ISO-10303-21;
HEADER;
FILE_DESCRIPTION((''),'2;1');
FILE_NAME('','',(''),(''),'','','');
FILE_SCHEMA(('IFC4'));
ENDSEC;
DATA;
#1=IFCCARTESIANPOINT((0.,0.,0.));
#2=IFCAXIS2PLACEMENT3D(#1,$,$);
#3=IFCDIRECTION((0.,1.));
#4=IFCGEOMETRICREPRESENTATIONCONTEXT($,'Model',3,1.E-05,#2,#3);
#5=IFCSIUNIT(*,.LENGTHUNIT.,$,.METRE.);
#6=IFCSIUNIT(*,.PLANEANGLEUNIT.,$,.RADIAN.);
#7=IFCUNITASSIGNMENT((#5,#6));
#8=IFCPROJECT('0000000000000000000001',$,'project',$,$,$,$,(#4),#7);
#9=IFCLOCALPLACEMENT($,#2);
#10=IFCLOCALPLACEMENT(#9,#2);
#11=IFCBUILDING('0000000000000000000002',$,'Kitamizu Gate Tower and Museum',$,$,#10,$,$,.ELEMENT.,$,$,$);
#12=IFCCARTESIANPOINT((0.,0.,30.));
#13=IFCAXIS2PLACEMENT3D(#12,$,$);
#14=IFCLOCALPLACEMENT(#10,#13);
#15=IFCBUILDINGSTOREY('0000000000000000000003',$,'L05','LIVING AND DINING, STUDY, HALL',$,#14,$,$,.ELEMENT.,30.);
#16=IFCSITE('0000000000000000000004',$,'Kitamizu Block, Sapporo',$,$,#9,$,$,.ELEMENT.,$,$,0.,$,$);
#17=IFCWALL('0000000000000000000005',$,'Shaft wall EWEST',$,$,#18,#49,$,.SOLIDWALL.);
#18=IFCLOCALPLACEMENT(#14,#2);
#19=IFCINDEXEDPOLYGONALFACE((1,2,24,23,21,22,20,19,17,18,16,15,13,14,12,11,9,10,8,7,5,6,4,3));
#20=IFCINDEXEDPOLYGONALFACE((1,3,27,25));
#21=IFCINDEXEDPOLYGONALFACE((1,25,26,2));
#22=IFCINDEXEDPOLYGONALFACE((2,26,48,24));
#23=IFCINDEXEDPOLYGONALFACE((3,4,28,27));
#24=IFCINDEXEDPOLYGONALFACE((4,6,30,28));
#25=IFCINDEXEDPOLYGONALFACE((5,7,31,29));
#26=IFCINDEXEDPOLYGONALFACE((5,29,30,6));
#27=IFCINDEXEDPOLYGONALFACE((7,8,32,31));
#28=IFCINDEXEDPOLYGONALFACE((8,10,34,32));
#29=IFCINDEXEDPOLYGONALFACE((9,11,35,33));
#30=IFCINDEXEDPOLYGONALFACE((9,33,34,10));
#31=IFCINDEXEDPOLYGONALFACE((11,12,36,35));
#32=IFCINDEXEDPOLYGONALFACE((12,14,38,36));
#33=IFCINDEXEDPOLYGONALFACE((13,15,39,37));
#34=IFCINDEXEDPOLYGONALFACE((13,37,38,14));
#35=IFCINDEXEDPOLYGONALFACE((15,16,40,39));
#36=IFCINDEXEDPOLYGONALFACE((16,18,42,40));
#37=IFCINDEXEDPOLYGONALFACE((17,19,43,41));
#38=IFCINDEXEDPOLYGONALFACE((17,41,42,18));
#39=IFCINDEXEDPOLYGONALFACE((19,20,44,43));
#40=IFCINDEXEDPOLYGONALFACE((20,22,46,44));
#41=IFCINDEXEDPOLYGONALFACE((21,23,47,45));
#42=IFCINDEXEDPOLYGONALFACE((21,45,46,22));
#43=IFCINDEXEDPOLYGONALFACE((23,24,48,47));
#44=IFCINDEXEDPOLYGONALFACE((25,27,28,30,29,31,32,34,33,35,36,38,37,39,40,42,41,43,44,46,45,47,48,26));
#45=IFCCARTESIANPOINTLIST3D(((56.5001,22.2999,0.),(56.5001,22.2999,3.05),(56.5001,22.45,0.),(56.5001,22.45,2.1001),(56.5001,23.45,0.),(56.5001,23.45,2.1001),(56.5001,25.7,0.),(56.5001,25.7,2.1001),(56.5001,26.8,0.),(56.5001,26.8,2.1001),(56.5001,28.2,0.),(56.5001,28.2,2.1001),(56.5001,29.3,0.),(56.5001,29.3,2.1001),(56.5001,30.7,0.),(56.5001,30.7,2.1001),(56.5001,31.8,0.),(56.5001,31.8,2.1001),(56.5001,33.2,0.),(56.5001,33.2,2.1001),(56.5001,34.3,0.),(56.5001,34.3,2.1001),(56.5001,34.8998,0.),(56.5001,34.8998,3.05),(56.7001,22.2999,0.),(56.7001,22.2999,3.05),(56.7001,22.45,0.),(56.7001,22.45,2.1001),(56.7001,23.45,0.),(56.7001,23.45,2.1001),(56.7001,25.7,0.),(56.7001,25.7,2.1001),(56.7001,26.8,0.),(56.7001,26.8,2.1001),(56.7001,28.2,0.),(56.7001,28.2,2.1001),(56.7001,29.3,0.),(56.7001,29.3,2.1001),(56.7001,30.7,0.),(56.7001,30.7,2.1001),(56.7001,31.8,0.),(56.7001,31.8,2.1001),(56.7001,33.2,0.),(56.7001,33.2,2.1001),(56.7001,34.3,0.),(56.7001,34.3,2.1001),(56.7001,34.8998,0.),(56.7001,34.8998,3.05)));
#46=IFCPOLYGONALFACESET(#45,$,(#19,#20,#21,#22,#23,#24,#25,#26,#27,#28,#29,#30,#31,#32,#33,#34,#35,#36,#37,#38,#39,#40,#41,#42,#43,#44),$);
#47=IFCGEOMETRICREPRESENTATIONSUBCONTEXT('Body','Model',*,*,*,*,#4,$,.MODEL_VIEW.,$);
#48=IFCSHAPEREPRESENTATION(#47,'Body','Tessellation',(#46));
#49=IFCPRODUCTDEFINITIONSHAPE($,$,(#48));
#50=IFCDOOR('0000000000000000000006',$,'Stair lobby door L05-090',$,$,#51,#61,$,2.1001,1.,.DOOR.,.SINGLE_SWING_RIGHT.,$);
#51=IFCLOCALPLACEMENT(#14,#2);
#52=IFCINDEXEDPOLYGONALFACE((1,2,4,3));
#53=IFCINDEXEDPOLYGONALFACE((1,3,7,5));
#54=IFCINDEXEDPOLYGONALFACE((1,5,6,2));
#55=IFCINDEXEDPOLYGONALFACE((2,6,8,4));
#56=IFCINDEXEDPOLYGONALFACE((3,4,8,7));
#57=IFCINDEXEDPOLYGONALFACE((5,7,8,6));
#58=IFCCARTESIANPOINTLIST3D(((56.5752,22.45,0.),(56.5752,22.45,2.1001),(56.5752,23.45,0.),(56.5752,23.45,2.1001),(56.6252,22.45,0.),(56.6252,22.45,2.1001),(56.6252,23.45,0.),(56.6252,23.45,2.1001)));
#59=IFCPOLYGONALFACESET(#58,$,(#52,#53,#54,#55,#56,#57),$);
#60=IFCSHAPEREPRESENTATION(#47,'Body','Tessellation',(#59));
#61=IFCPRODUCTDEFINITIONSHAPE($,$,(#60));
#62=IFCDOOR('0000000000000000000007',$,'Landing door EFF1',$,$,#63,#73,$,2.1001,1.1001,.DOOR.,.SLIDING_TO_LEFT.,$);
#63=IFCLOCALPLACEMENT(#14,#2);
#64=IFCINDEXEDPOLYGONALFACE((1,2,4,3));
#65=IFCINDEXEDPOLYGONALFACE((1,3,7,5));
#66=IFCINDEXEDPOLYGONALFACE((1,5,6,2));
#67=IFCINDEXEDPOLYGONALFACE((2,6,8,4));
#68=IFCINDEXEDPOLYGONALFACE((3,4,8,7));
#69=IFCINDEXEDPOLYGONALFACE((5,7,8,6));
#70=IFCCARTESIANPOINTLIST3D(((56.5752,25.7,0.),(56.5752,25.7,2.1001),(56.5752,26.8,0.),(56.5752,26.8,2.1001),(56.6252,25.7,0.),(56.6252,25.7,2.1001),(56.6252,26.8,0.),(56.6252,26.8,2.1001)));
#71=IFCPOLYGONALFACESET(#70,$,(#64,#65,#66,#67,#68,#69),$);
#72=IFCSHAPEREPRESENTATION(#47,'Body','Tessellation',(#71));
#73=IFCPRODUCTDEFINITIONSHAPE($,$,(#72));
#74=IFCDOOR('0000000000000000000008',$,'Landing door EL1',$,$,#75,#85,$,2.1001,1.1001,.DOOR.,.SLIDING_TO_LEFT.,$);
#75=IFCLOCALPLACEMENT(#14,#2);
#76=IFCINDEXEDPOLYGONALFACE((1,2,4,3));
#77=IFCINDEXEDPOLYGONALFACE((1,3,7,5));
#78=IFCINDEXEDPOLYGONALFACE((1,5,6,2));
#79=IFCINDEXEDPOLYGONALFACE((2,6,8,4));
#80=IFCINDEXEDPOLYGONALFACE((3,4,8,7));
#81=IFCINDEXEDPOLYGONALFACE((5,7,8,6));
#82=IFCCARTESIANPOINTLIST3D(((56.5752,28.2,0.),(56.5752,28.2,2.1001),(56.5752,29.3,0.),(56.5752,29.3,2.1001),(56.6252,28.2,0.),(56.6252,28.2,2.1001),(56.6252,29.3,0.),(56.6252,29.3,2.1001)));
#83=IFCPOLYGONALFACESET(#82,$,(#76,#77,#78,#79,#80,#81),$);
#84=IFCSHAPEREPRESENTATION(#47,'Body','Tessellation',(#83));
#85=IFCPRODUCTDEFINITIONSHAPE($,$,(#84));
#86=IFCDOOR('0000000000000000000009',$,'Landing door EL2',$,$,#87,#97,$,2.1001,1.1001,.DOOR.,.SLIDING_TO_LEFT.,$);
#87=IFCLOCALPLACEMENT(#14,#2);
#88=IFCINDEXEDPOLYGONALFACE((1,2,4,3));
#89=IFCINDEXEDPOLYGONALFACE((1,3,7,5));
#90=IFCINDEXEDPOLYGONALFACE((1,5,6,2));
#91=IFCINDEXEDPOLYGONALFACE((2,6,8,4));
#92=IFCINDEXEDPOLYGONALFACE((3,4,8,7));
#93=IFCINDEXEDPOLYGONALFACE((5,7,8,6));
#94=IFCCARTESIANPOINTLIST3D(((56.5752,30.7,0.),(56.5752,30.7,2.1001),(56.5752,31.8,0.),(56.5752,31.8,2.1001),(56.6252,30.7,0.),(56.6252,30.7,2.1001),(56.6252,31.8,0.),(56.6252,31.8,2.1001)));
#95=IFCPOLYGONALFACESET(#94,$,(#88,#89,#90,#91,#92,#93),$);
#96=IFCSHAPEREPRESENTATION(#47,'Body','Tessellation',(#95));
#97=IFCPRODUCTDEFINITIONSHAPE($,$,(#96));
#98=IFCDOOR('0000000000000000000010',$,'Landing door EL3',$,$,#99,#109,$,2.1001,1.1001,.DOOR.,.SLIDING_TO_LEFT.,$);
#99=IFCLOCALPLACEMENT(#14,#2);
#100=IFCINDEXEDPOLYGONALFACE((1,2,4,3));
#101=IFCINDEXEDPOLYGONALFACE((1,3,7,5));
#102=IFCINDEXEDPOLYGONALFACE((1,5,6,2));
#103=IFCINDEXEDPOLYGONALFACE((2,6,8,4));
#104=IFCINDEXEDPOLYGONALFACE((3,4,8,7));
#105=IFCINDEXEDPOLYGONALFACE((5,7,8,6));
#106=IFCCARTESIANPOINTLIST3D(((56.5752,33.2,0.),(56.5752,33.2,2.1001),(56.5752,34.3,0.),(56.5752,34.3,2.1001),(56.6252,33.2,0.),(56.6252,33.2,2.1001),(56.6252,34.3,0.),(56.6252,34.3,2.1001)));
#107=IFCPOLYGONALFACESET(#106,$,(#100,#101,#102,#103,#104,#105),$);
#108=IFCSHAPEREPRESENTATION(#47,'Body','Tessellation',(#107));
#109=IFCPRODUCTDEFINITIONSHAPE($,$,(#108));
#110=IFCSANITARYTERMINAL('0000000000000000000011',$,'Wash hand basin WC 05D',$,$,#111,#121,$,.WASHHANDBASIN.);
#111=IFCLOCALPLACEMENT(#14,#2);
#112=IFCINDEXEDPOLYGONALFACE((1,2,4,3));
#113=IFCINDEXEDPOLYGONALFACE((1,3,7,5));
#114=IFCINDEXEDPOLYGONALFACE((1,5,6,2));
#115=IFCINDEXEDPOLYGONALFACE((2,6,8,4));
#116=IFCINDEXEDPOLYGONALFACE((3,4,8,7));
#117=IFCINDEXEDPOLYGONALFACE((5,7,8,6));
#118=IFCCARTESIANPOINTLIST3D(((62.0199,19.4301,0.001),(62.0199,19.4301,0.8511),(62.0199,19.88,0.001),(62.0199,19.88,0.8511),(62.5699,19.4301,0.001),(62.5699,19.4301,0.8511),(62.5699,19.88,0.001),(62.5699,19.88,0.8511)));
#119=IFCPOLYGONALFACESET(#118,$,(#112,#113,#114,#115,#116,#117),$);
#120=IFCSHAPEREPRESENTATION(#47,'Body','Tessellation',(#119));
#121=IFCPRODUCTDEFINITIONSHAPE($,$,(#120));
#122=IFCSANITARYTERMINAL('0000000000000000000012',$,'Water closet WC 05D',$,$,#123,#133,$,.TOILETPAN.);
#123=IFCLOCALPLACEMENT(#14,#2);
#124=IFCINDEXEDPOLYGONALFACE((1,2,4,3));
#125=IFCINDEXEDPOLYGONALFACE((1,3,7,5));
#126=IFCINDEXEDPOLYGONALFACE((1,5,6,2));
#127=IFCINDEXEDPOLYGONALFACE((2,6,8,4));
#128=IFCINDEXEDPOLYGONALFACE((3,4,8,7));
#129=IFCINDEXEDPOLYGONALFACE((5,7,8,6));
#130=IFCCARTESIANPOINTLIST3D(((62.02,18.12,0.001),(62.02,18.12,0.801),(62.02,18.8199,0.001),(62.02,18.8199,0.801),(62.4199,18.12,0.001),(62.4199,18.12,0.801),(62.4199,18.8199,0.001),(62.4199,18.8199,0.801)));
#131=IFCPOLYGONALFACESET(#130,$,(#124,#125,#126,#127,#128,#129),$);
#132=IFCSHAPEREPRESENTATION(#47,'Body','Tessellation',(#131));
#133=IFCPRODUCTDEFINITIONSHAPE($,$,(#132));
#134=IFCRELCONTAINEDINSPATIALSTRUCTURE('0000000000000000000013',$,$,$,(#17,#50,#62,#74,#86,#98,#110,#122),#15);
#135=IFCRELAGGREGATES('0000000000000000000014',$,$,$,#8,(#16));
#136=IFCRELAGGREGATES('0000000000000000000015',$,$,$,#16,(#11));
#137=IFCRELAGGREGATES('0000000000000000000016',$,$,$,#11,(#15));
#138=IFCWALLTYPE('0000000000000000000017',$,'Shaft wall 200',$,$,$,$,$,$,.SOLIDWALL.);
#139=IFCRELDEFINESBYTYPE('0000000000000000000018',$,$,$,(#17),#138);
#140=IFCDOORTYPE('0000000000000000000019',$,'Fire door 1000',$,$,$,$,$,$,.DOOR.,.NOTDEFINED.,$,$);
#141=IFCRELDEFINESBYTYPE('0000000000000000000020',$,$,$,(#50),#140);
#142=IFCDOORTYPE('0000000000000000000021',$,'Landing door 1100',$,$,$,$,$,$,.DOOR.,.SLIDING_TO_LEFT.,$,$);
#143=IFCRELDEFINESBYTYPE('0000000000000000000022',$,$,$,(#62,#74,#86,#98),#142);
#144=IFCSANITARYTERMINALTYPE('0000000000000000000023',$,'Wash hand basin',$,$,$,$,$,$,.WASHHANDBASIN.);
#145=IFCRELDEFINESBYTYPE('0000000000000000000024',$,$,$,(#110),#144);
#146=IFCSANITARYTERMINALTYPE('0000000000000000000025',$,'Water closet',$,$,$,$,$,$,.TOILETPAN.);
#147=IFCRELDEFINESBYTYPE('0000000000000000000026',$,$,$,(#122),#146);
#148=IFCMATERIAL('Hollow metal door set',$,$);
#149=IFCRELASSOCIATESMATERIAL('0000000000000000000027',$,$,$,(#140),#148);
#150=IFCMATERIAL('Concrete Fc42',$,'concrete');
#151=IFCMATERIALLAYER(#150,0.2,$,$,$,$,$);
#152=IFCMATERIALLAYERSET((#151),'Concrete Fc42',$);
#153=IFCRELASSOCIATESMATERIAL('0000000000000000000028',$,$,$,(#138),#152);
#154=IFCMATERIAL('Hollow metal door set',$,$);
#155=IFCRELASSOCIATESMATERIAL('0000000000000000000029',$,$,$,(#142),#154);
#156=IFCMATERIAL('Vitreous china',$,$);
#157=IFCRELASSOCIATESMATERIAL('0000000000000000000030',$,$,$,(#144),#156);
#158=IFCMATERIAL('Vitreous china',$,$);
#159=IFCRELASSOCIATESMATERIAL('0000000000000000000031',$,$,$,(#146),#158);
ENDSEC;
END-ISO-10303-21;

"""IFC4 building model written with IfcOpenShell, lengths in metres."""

from ifc_helpers import new_model, si_unit, direction, frame, frame_2d, origin, origin_2d, place, context, subcontext, project, spatial, rectangle, extrude, material, layer, layer_set, type_object, element, fill, save


model = new_model("IFC4")

# Units and contexts
model_context = context("Model", 3, precision=1e-05, world=origin(), true_north=direction((0.0, 1.0)))
body_context = subcontext(model_context, "Body", "Model", "MODEL_VIEW")
ifc_project = project(units=[si_unit("LENGTHUNIT", "METRE"), si_unit("PLANEANGLEUNIT", "RADIAN")], contexts=[model_context])

# Site, building, storey
site_placement = place(None, origin())
site = spatial("IfcSite", under=ifc_project, at=site_placement, Name="Kitamizu Block, Sapporo", CompositionType="ELEMENT", RefElevation=0.0)
building_placement = place(site_placement, origin())
building = spatial("IfcBuilding", under=site, at=building_placement, Name="Kitamizu Gate Tower and Museum", CompositionType="ELEMENT")
storey_placement = place(building_placement, frame((0.0, 0.0, 30.0)))
storey = spatial("IfcBuildingStorey", under=building, at=storey_placement, Name="L05", Description="LIVING AND DINING, STUDY, HALL", CompositionType="ELEMENT", Elevation=30.0)

# Shared definitions
ifc_material_1 = material(Name="Hollow metal door set")
door_type_1 = type_object("IfcDoorType", Name="Fire door 1000", OperationType="NOTDEFINED", PredefinedType="DOOR", material=ifc_material_1)

# Wall, openings, doors
ifc_material_2 = material(Name="Concrete Fc42", Category="concrete")
ifc_layer_1 = layer(ifc_material_2, 0.2)
ifc_layer_set_1 = layer_set([ifc_layer_1], Name="Concrete Fc42")
wall_type_1 = type_object("IfcWallType", Name="Shaft wall 200", PredefinedType="SOLIDWALL", material=ifc_layer_set_1)
wall_1_placement = place(storey_placement, frame((56.6001, 22.3, 0.0), z_axis=(0.0, 0.0, 1.0), x_axis=(0.0, 1.0, 0.0)))
wall_1 = element("IfcWall", 1, at=wall_1_placement, inside=storey, type_object=wall_type_1, Name="Shaft wall EWEST", PredefinedType="SOLIDWALL", context=body_context, shape_type="SweptSolid", body=[
    extrude(rectangle(XDim=12.5999, YDim=0.2, at=frame_2d((6.2998, 0.0))), origin(), (0.0, 0.0, 1.0), 3.05),
])
opening_1_placement = place(wall_1_placement, frame((3.3999, 0.0, 0.0)))
opening_1 = element("IfcOpeningElement", 2, at=opening_1_placement, cuts=wall_1, PredefinedType="OPENING", context=body_context, shape_type="SweptSolid", body=[
    extrude(rectangle(XDim=1.1001, YDim=2.1001, at=frame_2d((0.55, 1.05))), frame((0.0, 0.1099, 0.0), z_axis=(0.0, -1.0, 0.0), x_axis=(1.0, 0.0, 0.0)), (0.0, 0.0, 1.0), 0.22),
])
opening_2_placement = place(wall_1_placement, frame((5.8999, 0.0, 0.0)))
opening_2 = element("IfcOpeningElement", 3, at=opening_2_placement, cuts=wall_1, PredefinedType="OPENING", context=body_context, shape_type="SweptSolid", body=[
    extrude(rectangle(XDim=1.1001, YDim=2.1001, at=frame_2d((0.55, 1.05))), frame((0.0, 0.1099, 0.0), z_axis=(0.0, -1.0, 0.0), x_axis=(1.0, 0.0, 0.0)), (0.0, 0.0, 1.0), 0.22),
])
opening_3_placement = place(wall_1_placement, frame((8.3999, 0.0, 0.0)))
opening_3 = element("IfcOpeningElement", 4, at=opening_3_placement, cuts=wall_1, PredefinedType="OPENING", context=body_context, shape_type="SweptSolid", body=[
    extrude(rectangle(XDim=1.1001, YDim=2.1001, at=frame_2d((0.55, 1.05))), frame((0.0, 0.1099, 0.0), z_axis=(0.0, -1.0, 0.0), x_axis=(1.0, 0.0, 0.0)), (0.0, 0.0, 1.0), 0.22),
])
opening_4_placement = place(wall_1_placement, frame((10.8999, 0.0, 0.0)))
opening_4 = element("IfcOpeningElement", 5, at=opening_4_placement, cuts=wall_1, PredefinedType="OPENING", context=body_context, shape_type="SweptSolid", body=[
    extrude(rectangle(XDim=1.1001, YDim=2.1001, at=frame_2d((0.55, 1.05))), frame((0.0, 0.1099, 0.0), z_axis=(0.0, -1.0, 0.0), x_axis=(1.0, 0.0, 0.0)), (0.0, 0.0, 1.0), 0.22),
])
opening_5_placement = place(wall_1_placement, frame((0.1499, 0.0, 0.0)))
opening_5 = element("IfcOpeningElement", 6, at=opening_5_placement, cuts=wall_1, PredefinedType="OPENING", context=body_context, shape_type="SweptSolid", body=[
    extrude(rectangle(XDim=1.0, YDim=2.1001, at=frame_2d((0.5, 1.05))), frame((0.0, 0.1099, 0.0), z_axis=(0.0, -1.0, 0.0), x_axis=(1.0, 0.0, 0.0)), (0.0, 0.0, 1.0), 0.22),
])
door_1_placement = place(opening_5_placement, origin())
door_1 = element("IfcDoor", 7, at=door_1_placement, inside=storey, type_object=door_type_1, Name="Stair lobby door L05-090", OperationType="SINGLE_SWING_RIGHT", OverallHeight=2.1001, OverallWidth=1.0, PredefinedType="DOOR", context=body_context, shape_type="SweptSolid", body=[
    extrude(rectangle(XDim=1.0, YDim=2.1001, at=frame_2d((0.5, 1.05))), frame((0.0, 0.0249, 0.0), z_axis=(0.0, -1.0, 0.0), x_axis=(1.0, 0.0, 0.0)), (0.0, 0.0, 1.0), 0.05),
])
fill(opening_5, door_1)
ifc_material_3 = material(Name="Hollow metal door set")
door_type_2 = type_object("IfcDoorType", Name="Landing door 1100", OperationType="SLIDING_TO_LEFT", PredefinedType="DOOR", material=ifc_material_3)
door_2_placement = place(opening_1_placement, origin())
door_2 = element("IfcDoor", 8, at=door_2_placement, inside=storey, type_object=door_type_2, Name="Landing door EFF1", OperationType="SLIDING_TO_LEFT", OverallHeight=2.1001, OverallWidth=1.1001, PredefinedType="DOOR", context=body_context, shape_type="SweptSolid", body=[
    extrude(rectangle(XDim=1.1001, YDim=2.1001, at=frame_2d((0.55, 1.05))), frame((0.0, 0.0249, 0.0), z_axis=(0.0, -1.0, 0.0), x_axis=(1.0, 0.0, 0.0)), (0.0, 0.0, 1.0), 0.05),
])
fill(opening_1, door_2)
door_3_placement = place(opening_2_placement, origin())
door_3 = element("IfcDoor", 9, at=door_3_placement, inside=storey, type_object=door_type_2, Name="Landing door EL1", OperationType="SLIDING_TO_LEFT", OverallHeight=2.1001, OverallWidth=1.1001, PredefinedType="DOOR", context=body_context, shape_type="SweptSolid", body=[
    extrude(rectangle(XDim=1.1001, YDim=2.1001, at=frame_2d((0.55, 1.05))), frame((0.0, 0.0249, 0.0), z_axis=(0.0, -1.0, 0.0), x_axis=(1.0, 0.0, 0.0)), (0.0, 0.0, 1.0), 0.05),
])
fill(opening_2, door_3)
door_4_placement = place(opening_3_placement, origin())
door_4 = element("IfcDoor", 10, at=door_4_placement, inside=storey, type_object=door_type_2, Name="Landing door EL2", OperationType="SLIDING_TO_LEFT", OverallHeight=2.1001, OverallWidth=1.1001, PredefinedType="DOOR", context=body_context, shape_type="SweptSolid", body=[
    extrude(rectangle(XDim=1.1001, YDim=2.1001, at=frame_2d((0.55, 1.05))), frame((0.0, 0.0249, 0.0), z_axis=(0.0, -1.0, 0.0), x_axis=(1.0, 0.0, 0.0)), (0.0, 0.0, 1.0), 0.05),
])
fill(opening_3, door_4)
door_5_placement = place(opening_4_placement, origin())
door_5 = element("IfcDoor", 11, at=door_5_placement, inside=storey, type_object=door_type_2, Name="Landing door EL3", OperationType="SLIDING_TO_LEFT", OverallHeight=2.1001, OverallWidth=1.1001, PredefinedType="DOOR", context=body_context, shape_type="SweptSolid", body=[
    extrude(rectangle(XDim=1.1001, YDim=2.1001, at=frame_2d((0.55, 1.05))), frame((0.0, 0.0249, 0.0), z_axis=(0.0, -1.0, 0.0), x_axis=(1.0, 0.0, 0.0)), (0.0, 0.0, 1.0), 0.05),
])
fill(opening_4, door_5)

# Sanitary terminals
ifc_material_4 = material(Name="Vitreous china")
sanitary_terminal_type_1 = type_object("IfcSanitaryTerminalType", Name="Wash hand basin", PredefinedType="WASHHANDBASIN", material=ifc_material_4)
sanitary_terminal_1_placement = place(storey_placement, frame((62.2949, 19.655, 0.001), z_axis=(0.0, 0.0, 1.0), x_axis=(1.0, 0.0, 0.0)))
element("IfcSanitaryTerminal", 12, at=sanitary_terminal_1_placement, inside=storey, type_object=sanitary_terminal_type_1, Name="Wash hand basin WC 05D", PredefinedType="WASHHANDBASIN", context=body_context, shape_type="SweptSolid", body=[
    extrude(rectangle(XDim=0.55, YDim=0.45, at=origin_2d()), origin(), (0.0, 0.0, 1.0), 0.8501),
])
ifc_material_5 = material(Name="Vitreous china")
sanitary_terminal_type_2 = type_object("IfcSanitaryTerminalType", Name="Water closet", PredefinedType="TOILETPAN", material=ifc_material_5)
sanitary_terminal_2_placement = place(storey_placement, frame((62.22, 18.47, 0.001), z_axis=(0.0, 0.0, 1.0), x_axis=(1.0, 0.0, 0.0)))
element("IfcSanitaryTerminal", 13, at=sanitary_terminal_2_placement, inside=storey, type_object=sanitary_terminal_type_2, Name="Water closet WC 05D", PredefinedType="TOILETPAN", context=body_context, shape_type="SweptSolid", body=[
    extrude(rectangle(XDim=0.3999, YDim=0.7, at=origin_2d()), origin(), (0.0, 0.0, 1.0), 0.8),
])

save(model, "model.ifc")
